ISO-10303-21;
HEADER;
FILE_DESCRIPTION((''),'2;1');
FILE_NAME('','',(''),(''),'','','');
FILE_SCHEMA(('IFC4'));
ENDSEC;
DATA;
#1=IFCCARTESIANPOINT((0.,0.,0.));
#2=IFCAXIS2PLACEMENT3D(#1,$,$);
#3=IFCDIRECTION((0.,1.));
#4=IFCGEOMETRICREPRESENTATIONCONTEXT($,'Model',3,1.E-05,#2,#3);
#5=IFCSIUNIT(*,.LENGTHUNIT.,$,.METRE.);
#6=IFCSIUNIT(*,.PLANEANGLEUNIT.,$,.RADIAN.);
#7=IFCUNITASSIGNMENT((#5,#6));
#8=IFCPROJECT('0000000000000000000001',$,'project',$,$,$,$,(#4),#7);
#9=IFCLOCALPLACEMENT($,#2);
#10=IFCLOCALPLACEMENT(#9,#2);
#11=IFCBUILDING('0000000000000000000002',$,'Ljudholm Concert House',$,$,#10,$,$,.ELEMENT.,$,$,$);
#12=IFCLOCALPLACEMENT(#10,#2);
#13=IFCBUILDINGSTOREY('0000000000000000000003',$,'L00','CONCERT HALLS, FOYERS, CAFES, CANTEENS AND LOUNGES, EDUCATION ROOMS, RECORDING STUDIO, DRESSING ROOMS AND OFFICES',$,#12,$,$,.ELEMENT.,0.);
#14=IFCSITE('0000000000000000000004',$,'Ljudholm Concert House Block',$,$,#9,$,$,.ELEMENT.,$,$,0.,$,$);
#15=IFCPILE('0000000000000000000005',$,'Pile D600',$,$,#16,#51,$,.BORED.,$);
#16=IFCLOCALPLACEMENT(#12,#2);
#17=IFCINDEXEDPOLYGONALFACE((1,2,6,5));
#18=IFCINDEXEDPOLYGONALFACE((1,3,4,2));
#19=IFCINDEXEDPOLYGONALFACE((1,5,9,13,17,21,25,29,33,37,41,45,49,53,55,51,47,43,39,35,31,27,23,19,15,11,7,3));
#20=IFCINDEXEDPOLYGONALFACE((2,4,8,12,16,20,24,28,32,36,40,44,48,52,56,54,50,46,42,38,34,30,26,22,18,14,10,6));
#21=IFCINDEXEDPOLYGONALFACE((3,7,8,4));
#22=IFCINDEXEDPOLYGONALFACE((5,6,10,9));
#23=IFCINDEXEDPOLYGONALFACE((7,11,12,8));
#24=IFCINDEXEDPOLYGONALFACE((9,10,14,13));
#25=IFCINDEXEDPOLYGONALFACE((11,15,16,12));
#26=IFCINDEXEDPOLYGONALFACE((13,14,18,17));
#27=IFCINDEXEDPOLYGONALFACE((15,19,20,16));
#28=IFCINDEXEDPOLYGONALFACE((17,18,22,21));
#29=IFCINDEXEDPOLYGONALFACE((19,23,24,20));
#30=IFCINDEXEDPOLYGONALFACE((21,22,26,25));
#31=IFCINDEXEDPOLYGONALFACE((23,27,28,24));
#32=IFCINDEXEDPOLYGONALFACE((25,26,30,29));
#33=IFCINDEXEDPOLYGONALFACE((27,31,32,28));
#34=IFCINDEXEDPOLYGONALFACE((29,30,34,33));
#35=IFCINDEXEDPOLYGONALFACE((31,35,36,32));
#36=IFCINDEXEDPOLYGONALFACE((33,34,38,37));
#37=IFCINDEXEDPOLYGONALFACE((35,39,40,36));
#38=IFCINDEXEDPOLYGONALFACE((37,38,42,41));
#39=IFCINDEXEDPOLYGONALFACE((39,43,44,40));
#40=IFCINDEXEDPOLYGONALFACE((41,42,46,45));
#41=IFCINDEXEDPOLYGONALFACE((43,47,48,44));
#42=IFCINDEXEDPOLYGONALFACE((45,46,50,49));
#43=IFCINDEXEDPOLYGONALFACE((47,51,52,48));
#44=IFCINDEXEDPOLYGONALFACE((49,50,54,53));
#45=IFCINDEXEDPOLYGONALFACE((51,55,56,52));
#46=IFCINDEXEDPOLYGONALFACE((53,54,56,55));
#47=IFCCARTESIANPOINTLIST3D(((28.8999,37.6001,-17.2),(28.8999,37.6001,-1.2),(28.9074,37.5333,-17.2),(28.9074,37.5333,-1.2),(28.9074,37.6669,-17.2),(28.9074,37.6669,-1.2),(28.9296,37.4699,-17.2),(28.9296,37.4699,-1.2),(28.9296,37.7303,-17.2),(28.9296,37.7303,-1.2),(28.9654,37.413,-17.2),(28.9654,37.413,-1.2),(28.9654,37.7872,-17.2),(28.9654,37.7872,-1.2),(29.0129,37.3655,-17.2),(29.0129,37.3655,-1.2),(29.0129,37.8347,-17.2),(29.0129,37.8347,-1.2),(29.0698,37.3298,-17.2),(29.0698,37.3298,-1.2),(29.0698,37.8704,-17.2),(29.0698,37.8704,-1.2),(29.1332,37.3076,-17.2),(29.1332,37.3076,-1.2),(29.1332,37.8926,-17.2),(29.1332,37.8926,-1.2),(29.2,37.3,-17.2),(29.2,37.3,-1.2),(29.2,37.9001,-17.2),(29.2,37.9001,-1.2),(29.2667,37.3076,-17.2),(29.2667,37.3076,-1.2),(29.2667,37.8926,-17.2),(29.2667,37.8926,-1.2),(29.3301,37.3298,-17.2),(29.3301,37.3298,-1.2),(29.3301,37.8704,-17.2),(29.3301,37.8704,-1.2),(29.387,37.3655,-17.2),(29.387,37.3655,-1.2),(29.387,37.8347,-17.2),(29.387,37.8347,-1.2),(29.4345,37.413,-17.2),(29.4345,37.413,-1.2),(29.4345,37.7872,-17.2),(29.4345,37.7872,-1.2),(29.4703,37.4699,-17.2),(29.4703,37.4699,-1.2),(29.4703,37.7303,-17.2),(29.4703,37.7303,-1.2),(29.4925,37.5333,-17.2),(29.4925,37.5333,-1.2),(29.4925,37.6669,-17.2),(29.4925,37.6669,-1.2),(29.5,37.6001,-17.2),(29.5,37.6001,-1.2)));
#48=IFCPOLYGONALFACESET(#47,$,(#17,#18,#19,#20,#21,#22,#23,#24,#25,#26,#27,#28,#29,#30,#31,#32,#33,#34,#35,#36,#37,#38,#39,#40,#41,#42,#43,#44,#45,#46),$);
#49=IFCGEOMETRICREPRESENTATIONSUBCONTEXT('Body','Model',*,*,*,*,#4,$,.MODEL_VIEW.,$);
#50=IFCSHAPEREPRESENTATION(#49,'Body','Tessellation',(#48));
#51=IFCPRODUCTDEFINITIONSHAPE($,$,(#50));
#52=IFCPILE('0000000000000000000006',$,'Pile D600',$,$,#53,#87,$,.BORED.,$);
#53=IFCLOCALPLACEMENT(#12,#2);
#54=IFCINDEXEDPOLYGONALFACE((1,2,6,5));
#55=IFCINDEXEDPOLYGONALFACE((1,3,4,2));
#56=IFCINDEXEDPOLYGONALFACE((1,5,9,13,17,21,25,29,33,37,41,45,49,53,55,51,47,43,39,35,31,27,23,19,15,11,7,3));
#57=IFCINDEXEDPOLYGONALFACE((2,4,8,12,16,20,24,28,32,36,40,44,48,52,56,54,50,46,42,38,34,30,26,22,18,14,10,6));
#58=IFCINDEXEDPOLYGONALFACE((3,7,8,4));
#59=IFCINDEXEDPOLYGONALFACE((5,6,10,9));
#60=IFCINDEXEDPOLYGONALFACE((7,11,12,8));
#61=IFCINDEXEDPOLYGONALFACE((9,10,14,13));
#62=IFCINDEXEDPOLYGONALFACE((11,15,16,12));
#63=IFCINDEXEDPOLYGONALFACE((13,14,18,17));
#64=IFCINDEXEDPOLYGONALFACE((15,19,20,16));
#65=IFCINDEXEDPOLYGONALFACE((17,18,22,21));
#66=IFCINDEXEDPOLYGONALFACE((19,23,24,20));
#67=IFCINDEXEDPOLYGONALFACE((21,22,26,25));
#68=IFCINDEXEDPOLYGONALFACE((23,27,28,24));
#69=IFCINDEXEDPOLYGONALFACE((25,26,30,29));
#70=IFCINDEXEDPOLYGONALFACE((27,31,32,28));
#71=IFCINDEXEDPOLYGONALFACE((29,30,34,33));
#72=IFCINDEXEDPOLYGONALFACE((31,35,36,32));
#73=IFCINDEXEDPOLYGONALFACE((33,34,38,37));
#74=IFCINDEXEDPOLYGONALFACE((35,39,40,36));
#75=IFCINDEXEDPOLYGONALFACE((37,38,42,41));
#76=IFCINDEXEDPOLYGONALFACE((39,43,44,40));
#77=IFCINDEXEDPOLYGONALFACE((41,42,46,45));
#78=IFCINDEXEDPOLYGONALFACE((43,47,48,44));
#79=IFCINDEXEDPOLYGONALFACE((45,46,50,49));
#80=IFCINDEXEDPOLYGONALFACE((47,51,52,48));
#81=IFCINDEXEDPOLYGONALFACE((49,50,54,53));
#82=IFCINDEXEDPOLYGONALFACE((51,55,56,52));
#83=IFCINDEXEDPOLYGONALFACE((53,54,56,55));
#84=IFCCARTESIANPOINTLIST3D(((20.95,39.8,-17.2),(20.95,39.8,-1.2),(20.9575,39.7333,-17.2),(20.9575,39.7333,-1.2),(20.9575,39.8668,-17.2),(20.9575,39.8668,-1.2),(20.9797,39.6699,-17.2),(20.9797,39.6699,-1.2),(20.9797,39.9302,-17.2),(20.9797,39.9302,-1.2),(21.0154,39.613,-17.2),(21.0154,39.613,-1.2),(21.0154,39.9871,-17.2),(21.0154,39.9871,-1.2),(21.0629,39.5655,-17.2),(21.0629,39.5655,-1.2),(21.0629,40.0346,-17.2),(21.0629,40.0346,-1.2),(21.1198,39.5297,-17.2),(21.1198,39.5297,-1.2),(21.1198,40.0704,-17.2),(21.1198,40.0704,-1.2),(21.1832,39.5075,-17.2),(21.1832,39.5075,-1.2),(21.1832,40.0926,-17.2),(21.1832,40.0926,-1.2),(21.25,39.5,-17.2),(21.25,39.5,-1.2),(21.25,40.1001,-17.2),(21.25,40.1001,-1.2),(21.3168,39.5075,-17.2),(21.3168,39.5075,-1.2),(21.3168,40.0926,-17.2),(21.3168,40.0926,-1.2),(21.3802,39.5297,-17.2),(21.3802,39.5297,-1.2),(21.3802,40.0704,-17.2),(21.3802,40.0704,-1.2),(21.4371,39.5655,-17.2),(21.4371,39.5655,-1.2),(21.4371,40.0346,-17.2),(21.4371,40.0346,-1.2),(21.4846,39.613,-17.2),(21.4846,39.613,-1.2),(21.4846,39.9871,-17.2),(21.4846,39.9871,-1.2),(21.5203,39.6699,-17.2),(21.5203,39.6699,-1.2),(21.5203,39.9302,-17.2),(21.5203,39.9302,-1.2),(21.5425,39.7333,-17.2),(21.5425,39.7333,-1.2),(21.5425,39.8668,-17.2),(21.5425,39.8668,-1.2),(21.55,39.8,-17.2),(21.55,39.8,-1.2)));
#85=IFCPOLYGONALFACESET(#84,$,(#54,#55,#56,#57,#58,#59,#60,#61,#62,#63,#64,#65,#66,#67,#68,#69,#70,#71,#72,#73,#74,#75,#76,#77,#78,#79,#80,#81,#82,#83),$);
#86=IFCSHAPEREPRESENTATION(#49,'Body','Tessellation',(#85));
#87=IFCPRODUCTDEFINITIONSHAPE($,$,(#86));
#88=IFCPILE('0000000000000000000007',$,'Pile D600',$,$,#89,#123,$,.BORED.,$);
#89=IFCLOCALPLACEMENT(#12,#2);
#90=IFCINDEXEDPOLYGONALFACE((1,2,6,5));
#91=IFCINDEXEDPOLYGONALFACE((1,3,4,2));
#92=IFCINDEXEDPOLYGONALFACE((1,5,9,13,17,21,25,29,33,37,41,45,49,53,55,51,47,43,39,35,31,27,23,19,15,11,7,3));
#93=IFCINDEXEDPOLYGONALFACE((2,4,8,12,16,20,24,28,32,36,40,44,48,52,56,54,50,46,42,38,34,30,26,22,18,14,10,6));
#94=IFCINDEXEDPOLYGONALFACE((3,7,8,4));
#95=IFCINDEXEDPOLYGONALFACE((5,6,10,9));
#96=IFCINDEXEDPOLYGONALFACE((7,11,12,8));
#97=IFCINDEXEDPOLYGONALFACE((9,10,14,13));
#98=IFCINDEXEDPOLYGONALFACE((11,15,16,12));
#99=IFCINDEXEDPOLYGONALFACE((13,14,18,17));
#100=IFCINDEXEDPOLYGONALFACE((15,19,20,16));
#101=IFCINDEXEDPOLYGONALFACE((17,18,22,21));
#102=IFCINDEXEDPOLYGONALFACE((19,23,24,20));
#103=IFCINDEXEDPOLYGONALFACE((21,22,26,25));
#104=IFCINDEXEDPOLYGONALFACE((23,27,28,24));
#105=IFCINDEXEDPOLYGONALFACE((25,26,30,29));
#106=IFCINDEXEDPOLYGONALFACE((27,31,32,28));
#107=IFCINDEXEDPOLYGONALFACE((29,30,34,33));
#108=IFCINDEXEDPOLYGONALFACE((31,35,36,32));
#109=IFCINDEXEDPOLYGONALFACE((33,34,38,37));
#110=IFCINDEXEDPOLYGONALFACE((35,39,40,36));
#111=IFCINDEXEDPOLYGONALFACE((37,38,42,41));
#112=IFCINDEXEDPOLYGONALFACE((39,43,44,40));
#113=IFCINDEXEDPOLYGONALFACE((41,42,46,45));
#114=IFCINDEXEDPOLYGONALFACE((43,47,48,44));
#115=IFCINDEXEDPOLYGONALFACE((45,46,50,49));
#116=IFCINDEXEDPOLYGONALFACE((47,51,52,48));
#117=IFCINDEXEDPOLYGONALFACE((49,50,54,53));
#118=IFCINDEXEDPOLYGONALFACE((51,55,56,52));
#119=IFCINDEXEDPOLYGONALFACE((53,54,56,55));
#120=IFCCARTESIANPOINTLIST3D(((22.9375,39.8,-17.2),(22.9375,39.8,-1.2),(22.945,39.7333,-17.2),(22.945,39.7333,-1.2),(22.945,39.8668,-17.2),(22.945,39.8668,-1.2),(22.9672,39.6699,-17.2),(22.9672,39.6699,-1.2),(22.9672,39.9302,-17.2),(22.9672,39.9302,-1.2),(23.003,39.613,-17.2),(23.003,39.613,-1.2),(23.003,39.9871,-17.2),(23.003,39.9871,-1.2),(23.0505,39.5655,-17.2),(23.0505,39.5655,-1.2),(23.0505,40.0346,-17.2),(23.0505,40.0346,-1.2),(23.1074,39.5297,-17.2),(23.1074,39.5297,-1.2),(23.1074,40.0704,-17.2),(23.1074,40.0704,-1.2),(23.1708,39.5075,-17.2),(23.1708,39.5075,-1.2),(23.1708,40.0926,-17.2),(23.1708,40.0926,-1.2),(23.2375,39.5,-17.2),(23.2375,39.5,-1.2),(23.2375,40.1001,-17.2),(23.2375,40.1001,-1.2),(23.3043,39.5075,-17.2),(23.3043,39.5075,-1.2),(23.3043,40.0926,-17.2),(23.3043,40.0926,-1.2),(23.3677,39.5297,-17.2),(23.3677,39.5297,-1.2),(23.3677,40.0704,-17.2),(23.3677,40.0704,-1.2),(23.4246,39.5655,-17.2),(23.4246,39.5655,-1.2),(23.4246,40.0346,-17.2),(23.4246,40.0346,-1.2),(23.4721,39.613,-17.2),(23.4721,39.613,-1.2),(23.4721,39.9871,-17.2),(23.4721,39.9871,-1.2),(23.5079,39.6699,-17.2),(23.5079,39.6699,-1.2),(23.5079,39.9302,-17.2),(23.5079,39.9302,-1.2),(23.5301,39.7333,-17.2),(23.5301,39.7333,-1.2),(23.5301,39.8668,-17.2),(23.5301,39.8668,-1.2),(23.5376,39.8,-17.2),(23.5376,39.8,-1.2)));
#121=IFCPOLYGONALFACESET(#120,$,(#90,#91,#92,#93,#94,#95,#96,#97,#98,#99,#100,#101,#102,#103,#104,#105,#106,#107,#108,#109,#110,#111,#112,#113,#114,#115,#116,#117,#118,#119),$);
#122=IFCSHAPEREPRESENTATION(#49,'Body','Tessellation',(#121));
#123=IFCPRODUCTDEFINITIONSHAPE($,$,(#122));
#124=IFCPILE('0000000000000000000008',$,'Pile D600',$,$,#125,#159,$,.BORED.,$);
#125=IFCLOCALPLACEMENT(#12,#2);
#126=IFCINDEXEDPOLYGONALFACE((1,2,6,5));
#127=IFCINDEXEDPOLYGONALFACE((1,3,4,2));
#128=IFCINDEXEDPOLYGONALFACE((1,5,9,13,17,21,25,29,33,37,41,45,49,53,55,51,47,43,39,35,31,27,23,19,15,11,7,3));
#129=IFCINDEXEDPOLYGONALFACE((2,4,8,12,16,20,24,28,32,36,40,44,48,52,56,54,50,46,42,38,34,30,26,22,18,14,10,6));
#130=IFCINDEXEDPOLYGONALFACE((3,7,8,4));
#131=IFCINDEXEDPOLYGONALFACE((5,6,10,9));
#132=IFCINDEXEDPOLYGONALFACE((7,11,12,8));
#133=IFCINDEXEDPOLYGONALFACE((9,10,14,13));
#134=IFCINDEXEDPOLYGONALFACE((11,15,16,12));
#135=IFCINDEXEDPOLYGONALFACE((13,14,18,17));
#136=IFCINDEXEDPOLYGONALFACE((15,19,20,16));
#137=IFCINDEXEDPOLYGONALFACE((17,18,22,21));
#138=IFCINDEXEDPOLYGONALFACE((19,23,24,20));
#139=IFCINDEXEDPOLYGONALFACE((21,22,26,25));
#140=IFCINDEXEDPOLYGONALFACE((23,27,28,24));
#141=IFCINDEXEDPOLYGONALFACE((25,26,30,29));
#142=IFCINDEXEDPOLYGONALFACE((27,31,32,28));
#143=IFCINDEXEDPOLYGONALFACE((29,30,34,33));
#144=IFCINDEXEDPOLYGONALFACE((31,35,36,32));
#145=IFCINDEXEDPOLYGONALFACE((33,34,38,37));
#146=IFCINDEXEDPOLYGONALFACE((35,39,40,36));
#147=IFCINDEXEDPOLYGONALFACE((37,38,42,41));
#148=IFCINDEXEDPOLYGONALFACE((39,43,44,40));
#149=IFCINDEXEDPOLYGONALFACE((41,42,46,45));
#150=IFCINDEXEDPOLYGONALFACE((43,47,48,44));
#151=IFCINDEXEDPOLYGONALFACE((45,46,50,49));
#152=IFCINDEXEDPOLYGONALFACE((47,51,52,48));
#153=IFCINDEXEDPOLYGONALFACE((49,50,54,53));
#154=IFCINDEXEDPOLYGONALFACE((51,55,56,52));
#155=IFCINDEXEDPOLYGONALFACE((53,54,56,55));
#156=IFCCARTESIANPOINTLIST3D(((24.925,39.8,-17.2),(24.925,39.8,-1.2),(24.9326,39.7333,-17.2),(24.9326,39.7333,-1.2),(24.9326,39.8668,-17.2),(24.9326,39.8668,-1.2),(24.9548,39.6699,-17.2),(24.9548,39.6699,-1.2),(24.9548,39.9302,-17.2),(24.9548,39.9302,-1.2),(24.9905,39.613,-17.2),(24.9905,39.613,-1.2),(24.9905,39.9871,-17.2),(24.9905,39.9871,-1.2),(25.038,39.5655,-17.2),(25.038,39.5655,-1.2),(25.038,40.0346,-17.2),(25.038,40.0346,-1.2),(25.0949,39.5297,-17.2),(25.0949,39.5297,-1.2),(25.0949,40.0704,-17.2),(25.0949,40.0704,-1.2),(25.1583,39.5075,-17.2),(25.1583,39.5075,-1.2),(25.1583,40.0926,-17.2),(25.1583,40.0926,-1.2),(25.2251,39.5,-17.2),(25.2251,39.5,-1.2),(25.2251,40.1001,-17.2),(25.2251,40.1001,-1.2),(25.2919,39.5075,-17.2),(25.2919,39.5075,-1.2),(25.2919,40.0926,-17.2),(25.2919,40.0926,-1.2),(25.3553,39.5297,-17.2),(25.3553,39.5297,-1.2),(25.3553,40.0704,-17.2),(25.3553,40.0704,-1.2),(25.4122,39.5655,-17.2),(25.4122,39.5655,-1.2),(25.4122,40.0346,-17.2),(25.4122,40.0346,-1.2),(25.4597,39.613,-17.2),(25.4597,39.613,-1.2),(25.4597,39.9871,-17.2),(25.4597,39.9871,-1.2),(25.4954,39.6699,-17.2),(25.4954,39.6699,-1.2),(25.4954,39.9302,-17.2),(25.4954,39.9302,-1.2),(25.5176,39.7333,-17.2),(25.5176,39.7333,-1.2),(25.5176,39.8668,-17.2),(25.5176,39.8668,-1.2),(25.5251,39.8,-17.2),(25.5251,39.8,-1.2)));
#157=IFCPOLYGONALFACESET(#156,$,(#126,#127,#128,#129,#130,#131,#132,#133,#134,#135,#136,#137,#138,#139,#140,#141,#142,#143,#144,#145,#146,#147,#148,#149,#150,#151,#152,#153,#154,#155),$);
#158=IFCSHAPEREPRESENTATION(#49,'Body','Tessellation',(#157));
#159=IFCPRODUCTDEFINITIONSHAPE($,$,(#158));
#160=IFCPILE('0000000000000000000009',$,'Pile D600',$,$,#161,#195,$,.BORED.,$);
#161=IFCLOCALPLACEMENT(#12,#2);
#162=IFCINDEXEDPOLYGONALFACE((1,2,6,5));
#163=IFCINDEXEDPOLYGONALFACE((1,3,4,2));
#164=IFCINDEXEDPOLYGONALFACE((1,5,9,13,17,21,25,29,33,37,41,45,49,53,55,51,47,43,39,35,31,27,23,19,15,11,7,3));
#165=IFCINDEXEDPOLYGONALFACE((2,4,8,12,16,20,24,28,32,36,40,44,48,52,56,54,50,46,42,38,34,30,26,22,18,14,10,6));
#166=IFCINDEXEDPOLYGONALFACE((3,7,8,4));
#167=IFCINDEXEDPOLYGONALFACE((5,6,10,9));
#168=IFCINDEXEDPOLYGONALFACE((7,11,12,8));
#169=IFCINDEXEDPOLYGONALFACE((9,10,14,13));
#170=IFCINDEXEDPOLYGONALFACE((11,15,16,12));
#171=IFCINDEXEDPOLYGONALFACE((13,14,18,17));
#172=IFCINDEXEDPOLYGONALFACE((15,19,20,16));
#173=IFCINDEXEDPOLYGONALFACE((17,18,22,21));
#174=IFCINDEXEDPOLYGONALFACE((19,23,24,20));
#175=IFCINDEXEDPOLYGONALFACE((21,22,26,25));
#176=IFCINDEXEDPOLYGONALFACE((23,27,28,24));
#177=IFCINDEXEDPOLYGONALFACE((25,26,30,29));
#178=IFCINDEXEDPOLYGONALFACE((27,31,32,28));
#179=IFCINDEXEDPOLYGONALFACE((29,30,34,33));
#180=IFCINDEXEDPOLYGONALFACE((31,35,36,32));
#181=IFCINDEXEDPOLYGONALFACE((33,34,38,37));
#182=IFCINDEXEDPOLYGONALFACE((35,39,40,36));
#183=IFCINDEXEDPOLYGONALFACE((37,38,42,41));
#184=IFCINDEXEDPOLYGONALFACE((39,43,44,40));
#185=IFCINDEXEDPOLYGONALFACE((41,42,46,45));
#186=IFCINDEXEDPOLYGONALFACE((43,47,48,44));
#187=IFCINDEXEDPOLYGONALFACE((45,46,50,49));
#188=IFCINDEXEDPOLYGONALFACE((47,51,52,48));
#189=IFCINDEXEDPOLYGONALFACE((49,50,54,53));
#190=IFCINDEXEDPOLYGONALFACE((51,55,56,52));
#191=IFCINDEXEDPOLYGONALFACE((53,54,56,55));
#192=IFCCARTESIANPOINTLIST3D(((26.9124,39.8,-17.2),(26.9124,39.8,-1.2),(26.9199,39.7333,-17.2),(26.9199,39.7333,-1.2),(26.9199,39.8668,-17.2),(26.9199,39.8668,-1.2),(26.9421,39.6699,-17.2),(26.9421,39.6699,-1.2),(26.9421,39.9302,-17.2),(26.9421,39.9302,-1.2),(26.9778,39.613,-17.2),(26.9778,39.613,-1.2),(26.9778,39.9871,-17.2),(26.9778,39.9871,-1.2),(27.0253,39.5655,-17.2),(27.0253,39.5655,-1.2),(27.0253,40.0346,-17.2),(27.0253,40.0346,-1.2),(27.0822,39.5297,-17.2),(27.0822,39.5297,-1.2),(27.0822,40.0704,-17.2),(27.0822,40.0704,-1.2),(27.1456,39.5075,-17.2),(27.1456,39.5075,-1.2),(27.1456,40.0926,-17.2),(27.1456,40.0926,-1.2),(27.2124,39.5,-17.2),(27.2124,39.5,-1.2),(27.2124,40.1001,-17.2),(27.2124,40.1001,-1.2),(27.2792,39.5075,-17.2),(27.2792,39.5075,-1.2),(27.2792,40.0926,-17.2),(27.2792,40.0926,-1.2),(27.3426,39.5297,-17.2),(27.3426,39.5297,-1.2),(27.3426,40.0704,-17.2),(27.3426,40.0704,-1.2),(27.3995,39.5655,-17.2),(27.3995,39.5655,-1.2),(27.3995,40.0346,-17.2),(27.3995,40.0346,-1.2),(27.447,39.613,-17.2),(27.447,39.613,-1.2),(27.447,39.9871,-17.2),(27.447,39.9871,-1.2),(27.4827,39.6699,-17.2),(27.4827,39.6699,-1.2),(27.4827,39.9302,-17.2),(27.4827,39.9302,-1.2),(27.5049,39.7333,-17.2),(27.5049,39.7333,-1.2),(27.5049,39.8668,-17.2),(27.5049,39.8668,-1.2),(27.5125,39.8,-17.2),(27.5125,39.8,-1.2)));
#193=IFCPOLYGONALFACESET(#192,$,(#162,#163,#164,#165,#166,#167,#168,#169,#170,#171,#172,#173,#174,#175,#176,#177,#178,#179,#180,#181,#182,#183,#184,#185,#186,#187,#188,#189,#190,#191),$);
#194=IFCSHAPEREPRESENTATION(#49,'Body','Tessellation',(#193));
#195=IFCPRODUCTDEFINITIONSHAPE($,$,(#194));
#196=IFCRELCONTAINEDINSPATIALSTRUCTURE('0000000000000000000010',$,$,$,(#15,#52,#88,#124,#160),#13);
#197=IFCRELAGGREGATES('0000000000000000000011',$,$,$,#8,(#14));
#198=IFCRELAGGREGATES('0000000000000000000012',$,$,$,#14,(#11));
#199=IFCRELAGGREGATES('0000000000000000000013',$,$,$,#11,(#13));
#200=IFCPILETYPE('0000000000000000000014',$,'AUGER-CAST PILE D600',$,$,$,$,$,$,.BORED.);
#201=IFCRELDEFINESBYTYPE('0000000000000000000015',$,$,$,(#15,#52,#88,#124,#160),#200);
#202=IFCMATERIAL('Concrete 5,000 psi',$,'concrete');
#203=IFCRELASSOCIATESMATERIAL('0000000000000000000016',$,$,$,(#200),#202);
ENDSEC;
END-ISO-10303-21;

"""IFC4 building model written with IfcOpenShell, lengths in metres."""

from ifc_helpers import new_model, si_unit, direction, frame, origin, origin_2d, place, context, subcontext, project, spatial, circle, extrude, material, material_profile, profile_set, type_object, element, save


model = new_model("IFC4")

# Units and contexts
model_context = context("Model", 3, precision=1e-05, world=origin(), true_north=direction((0.0, 1.0)))
body_context = subcontext(model_context, "Body", "Model", "MODEL_VIEW")
ifc_project = project(units=[si_unit("LENGTHUNIT", "METRE"), si_unit("PLANEANGLEUNIT", "RADIAN")], contexts=[model_context])

# Site, building, storey
site_placement = place(None, origin())
site = spatial("IfcSite", under=ifc_project, at=site_placement, Name="Ljudholm Concert House Block", CompositionType="ELEMENT", RefElevation=0.0)
building_placement = place(site_placement, origin())
building = spatial("IfcBuilding", under=site, at=building_placement, Name="Ljudholm Concert House", CompositionType="ELEMENT")
storey_placement = place(building_placement, origin())
storey = spatial("IfcBuildingStorey", under=building, at=storey_placement, Name="L00", Description="CONCERT HALLS, FOYERS, CAFES, CANTEENS AND LOUNGES, EDUCATION ROOMS, RECORDING STUDIO, DRESSING ROOMS AND OFFICES", CompositionType="ELEMENT", Elevation=0.0)

# Piles
ifc_material_1 = material(Name="Concrete 5,000 psi", Category="concrete")
ifc_material_profile_1 = material_profile(ifc_material_1, circle(Radius=0.3, at=origin_2d()), Name="AUGER-CAST PILE D600")
ifc_profile_set_1 = profile_set([ifc_material_profile_1], Name="Concrete 5,000 psi")
pile_type = type_object("IfcPileType", Name="AUGER-CAST PILE D600", PredefinedType="BORED", material=ifc_profile_set_1)
for number, where, z_axis, x_axis, name in (
    (1, (29.2, 37.6001, -1.2), (0.0, 0.0, -1.0), (1.0, 0.0, 0.0), "Pile D600"),
    (2, (21.25, 39.8, -1.2), (0.0, 0.0, -1.0), (1.0, 0.0, 0.0), "Pile D600"),
    (3, (23.2375, 39.8, -1.2), (0.0, 0.0, -1.0), (1.0, 0.0, 0.0), "Pile D600"),
    (4, (25.2251, 39.8, -1.2), (0.0, 0.0, -1.0), (1.0, 0.0, 0.0), "Pile D600"),
    (5, (27.2124, 39.8, -1.2), (0.0, 0.0, -1.0), (1.0, 0.0, 0.0), "Pile D600"),
):
    element("IfcPile", number, at=place(storey_placement, frame(where, z_axis=z_axis, x_axis=x_axis)), inside=storey, type_object=pile_type, Name=name, PredefinedType="BORED", context=body_context, shape_type="SweptSolid", body=[
        extrude(circle(Radius=0.3, at=origin_2d()), origin(), (0.0, 0.0, 1.0), 16.0),
    ])

save(model, "model.ifc")
